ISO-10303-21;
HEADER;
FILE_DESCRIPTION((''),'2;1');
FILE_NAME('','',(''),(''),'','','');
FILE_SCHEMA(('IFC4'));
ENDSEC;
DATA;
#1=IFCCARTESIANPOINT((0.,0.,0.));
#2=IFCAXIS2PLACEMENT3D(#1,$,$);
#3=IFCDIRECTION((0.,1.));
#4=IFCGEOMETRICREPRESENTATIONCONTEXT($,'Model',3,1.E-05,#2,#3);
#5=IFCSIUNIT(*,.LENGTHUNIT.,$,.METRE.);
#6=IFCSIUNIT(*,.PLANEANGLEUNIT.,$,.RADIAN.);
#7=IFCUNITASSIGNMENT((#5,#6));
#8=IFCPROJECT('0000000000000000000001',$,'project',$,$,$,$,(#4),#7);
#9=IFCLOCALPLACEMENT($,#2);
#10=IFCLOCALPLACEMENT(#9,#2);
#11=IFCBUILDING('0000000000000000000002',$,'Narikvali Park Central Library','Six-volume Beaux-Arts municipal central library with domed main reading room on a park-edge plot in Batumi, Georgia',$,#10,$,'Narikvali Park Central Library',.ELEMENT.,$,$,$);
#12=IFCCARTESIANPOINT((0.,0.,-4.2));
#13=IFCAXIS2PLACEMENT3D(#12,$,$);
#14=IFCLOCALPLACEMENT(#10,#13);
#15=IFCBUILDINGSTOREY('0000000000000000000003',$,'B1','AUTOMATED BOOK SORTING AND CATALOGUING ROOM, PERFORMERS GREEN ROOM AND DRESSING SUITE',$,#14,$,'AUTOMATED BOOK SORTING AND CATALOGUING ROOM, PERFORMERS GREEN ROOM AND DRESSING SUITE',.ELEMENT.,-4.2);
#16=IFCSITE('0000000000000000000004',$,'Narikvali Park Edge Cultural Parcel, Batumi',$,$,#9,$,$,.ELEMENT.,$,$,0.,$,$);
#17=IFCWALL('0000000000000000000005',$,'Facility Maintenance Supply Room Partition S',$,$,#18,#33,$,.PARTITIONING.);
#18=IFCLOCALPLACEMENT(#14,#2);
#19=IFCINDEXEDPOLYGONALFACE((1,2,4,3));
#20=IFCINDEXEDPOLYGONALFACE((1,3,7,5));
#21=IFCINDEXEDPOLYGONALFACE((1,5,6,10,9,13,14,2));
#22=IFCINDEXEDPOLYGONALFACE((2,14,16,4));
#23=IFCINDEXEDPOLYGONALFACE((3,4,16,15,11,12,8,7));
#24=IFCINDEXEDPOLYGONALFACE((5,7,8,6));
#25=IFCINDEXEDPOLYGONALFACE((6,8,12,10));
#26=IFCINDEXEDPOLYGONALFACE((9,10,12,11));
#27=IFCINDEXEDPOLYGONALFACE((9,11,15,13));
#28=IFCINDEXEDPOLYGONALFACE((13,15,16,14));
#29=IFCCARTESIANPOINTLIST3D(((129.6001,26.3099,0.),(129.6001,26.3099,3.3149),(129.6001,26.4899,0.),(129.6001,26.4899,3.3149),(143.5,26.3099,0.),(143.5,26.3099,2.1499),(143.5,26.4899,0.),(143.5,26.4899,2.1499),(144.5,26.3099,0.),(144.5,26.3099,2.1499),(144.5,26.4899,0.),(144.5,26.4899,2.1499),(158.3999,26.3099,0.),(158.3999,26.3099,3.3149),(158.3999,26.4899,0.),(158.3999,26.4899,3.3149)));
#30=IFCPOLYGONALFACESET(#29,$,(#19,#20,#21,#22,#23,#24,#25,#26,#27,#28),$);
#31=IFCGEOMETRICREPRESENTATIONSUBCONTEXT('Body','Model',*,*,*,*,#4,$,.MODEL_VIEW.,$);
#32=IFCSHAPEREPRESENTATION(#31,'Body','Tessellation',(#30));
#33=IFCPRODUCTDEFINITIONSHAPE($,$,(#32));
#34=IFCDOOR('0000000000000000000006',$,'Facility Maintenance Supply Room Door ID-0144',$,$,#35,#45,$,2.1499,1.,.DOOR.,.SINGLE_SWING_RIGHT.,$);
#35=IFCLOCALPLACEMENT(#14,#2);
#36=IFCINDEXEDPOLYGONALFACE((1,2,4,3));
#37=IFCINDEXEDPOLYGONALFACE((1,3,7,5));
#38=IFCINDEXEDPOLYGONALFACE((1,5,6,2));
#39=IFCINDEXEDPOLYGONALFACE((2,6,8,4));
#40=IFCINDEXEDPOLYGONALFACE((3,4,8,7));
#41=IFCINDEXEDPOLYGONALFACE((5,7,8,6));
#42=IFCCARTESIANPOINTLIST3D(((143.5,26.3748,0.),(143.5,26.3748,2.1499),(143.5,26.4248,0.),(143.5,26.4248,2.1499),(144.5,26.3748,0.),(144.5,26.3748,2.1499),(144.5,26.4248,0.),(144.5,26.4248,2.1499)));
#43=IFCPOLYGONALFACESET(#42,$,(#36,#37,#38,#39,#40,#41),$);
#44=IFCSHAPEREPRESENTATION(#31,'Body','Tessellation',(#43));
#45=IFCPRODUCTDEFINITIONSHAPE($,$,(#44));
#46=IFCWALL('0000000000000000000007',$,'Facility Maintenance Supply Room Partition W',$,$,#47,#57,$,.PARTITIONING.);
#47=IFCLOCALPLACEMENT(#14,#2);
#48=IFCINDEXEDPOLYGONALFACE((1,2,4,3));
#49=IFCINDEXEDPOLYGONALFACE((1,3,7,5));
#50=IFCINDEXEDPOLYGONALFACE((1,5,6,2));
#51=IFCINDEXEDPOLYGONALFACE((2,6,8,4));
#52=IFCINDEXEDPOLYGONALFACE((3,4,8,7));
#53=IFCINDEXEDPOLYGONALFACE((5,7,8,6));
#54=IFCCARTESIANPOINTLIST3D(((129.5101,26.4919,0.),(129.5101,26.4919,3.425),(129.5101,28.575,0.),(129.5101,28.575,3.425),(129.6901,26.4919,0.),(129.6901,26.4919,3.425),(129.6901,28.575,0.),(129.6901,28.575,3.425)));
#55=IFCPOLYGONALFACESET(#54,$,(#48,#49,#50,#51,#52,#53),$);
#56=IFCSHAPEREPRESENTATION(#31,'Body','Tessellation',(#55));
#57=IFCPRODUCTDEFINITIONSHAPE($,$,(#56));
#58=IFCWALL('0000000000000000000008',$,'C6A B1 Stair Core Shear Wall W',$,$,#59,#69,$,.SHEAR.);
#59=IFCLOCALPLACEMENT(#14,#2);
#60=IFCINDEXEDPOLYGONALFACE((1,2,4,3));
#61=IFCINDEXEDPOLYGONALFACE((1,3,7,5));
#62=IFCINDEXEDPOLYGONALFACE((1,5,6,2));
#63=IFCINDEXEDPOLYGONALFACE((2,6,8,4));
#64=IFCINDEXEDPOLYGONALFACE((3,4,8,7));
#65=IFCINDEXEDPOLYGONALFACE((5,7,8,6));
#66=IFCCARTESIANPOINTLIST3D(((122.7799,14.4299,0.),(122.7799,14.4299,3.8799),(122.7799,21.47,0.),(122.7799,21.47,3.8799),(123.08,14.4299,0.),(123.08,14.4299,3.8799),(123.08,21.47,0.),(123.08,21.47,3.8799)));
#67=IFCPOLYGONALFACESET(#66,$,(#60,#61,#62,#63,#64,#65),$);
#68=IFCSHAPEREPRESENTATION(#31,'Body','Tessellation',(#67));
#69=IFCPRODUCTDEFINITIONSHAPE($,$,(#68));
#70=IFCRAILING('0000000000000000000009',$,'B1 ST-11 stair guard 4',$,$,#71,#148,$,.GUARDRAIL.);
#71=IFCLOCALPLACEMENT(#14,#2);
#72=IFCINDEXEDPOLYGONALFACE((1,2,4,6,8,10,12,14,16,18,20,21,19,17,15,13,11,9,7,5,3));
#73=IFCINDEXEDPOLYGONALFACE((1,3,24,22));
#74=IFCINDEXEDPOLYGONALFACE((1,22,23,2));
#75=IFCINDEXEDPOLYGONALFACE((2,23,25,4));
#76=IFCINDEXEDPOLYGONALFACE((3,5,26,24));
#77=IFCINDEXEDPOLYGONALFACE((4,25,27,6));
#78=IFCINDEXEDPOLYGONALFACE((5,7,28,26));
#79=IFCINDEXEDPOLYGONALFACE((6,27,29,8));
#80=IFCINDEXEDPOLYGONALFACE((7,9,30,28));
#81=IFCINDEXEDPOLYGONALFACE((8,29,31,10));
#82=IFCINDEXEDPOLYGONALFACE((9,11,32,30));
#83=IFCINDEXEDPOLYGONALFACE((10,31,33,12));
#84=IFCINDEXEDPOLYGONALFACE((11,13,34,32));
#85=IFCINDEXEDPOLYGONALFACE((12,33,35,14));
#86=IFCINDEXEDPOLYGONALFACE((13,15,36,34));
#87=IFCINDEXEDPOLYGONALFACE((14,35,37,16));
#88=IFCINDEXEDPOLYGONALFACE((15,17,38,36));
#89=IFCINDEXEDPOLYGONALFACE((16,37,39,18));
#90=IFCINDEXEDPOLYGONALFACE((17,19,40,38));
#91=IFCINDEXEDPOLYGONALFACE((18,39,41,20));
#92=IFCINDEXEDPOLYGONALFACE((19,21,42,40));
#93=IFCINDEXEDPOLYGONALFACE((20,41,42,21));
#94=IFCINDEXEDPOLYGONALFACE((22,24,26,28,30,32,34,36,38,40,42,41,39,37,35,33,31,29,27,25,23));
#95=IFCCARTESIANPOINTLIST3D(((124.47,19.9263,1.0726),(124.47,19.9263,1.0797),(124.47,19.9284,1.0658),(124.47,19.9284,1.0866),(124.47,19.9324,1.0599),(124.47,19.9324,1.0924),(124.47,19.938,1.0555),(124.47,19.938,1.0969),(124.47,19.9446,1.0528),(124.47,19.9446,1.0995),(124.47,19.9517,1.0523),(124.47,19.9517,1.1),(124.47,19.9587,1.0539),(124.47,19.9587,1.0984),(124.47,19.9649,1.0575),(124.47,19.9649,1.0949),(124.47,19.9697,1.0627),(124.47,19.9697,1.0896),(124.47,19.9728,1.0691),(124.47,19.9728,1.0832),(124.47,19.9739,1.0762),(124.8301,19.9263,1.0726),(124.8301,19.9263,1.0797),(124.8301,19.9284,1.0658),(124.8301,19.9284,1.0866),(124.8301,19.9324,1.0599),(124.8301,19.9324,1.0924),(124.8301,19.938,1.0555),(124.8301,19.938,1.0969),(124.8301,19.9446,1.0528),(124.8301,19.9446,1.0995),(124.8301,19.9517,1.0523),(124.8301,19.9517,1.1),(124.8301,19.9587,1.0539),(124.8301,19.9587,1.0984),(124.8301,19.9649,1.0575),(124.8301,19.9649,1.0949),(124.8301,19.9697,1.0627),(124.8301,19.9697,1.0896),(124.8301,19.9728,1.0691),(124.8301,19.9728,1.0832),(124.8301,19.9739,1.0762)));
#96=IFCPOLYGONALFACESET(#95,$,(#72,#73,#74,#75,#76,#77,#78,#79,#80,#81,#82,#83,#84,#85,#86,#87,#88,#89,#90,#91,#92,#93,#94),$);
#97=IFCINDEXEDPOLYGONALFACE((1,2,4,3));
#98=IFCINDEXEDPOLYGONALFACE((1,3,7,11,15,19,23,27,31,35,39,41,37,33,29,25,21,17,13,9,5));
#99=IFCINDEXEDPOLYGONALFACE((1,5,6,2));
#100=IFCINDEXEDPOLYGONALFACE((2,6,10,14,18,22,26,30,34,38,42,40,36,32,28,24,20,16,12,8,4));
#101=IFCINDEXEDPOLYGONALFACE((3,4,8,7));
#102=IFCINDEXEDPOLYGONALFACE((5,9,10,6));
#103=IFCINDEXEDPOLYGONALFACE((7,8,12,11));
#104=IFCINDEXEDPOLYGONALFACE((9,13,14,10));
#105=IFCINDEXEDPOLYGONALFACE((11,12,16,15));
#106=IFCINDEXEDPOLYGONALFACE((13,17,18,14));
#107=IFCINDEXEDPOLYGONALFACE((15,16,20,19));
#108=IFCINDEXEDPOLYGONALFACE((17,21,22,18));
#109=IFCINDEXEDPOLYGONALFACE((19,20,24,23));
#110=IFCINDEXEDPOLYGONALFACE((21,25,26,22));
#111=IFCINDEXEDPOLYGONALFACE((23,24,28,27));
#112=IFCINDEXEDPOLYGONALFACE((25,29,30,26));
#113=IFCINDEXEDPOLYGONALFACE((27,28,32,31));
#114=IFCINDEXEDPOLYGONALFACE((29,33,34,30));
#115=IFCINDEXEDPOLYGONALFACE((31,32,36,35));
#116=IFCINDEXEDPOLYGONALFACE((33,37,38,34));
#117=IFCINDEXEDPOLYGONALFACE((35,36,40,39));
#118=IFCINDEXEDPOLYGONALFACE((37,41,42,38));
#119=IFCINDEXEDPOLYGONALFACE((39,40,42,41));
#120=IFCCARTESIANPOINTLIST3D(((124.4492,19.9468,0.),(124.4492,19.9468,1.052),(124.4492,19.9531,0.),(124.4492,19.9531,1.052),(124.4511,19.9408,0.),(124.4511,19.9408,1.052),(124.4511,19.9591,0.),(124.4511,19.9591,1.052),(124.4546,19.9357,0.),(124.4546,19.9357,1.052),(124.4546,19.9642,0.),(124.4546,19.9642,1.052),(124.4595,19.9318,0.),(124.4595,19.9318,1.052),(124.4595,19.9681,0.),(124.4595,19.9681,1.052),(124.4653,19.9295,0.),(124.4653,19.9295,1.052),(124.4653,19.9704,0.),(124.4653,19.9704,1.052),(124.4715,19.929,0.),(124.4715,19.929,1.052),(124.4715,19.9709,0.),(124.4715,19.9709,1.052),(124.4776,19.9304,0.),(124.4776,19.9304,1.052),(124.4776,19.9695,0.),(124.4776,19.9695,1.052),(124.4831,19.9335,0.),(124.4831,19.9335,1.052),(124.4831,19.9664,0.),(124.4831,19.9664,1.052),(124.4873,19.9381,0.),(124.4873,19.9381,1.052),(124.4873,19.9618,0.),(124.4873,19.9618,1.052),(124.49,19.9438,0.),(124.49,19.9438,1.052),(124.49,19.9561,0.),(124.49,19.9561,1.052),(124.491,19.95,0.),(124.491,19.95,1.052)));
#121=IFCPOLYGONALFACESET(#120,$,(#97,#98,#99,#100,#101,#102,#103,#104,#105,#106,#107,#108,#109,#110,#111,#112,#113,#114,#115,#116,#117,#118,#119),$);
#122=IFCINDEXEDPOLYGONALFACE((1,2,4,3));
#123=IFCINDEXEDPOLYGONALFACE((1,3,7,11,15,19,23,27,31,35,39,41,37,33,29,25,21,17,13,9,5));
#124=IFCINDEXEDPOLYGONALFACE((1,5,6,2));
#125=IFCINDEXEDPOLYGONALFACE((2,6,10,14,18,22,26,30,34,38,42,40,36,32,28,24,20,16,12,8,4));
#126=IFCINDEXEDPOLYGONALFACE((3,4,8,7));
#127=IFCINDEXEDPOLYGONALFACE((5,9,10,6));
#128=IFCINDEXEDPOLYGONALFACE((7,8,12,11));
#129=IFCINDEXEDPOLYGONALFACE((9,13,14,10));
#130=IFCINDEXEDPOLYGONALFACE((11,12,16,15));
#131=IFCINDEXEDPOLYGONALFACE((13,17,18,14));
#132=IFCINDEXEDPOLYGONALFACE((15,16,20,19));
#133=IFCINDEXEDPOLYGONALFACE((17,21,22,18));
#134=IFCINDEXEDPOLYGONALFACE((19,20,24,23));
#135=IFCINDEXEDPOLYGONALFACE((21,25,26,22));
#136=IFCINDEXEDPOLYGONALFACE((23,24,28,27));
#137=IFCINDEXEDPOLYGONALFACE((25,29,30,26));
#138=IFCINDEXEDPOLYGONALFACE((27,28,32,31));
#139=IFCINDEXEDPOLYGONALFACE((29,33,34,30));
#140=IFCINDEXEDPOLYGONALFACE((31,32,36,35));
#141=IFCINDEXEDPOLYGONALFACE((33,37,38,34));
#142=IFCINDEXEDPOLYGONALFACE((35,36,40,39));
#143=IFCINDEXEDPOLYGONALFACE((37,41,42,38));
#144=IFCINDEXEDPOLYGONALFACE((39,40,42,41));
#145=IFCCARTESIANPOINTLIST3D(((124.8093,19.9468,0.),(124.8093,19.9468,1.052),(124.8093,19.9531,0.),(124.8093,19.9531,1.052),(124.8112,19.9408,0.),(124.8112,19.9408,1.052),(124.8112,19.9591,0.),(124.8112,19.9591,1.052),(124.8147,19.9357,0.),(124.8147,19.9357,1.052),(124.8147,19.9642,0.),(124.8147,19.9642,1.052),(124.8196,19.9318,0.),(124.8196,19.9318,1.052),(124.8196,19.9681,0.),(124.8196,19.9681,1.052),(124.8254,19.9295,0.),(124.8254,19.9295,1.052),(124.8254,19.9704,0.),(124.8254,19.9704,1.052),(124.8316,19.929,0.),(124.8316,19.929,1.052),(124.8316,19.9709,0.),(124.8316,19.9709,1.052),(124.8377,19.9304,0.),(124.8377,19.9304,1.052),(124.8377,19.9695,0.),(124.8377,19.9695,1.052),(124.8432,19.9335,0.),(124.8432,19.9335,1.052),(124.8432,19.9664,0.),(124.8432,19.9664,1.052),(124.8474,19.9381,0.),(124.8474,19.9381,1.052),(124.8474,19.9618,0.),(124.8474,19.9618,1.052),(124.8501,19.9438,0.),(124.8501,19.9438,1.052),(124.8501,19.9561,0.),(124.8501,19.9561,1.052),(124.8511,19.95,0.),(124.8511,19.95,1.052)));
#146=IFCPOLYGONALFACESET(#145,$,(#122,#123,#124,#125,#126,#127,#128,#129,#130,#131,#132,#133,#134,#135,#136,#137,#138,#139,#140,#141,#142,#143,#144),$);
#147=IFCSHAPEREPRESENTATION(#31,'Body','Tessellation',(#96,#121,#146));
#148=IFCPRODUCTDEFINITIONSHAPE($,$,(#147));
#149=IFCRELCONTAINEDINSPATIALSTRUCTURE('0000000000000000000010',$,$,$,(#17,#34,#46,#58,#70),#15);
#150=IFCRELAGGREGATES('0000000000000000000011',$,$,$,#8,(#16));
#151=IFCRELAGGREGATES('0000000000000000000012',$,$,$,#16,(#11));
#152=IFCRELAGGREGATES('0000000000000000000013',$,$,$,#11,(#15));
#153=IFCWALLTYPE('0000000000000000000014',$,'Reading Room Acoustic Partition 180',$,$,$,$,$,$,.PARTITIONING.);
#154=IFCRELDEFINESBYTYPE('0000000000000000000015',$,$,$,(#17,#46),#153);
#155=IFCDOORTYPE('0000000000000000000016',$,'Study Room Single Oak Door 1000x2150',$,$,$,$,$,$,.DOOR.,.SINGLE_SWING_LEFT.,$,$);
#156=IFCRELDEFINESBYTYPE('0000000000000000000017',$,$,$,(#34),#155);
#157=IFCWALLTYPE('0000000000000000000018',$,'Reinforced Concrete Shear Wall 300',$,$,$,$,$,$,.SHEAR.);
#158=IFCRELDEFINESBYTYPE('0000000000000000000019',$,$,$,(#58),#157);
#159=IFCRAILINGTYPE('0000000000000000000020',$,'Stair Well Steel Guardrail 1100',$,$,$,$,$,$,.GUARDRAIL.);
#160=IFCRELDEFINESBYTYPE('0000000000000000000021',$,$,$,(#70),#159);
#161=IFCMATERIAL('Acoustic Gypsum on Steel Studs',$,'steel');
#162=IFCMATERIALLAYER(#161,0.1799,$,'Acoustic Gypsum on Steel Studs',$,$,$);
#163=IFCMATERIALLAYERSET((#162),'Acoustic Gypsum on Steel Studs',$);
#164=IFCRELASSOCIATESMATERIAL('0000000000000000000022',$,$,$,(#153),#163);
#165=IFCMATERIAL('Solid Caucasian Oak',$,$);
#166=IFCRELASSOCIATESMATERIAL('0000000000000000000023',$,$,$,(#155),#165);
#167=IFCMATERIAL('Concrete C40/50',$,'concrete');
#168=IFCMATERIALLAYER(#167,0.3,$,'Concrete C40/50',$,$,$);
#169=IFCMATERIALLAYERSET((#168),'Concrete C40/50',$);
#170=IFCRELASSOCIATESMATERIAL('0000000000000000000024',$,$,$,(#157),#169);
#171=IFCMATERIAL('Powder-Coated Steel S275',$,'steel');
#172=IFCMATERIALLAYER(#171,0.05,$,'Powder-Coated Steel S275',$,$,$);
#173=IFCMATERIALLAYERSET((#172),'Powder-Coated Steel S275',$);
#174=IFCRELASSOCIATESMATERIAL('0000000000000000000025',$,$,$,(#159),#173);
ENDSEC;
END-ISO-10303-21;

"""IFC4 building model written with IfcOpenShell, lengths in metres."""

from ifc_helpers import new_model, si_unit, direction, frame, frame_2d, origin, origin_2d, place, context, subcontext, project, spatial, rectangle, circle, extrude, material, layer, layer_set, type_object, element, fill, save


model = new_model("IFC4")

# Units and contexts
model_context = context("Model", 3, precision=1e-05, world=origin(), true_north=direction((0.0, 1.0)))
body_context = subcontext(model_context, "Body", "Model", "MODEL_VIEW")
ifc_project = project(units=[si_unit("LENGTHUNIT", "METRE"), si_unit("PLANEANGLEUNIT", "RADIAN")], contexts=[model_context])

# Site, building, storey
site_placement = place(None, origin())
site = spatial("IfcSite", under=ifc_project, at=site_placement, Name="Narikvali Park Edge Cultural Parcel, Batumi", CompositionType="ELEMENT", RefElevation=0.0)
building_placement = place(site_placement, origin())
building = spatial("IfcBuilding", under=site, at=building_placement, Name="Narikvali Park Central Library", Description="Six-volume Beaux-Arts municipal central library with domed main reading room on a park-edge plot in Batumi, Georgia", LongName="Narikvali Park Central Library", CompositionType="ELEMENT")
storey_placement = place(building_placement, frame((0.0, 0.0, -4.2)))
storey = spatial("IfcBuildingStorey", under=building, at=storey_placement, Name="B1", Description="AUTOMATED BOOK SORTING AND CATALOGUING ROOM, PERFORMERS GREEN ROOM AND DRESSING SUITE", LongName="AUTOMATED BOOK SORTING AND CATALOGUING ROOM, PERFORMERS GREEN ROOM AND DRESSING SUITE", CompositionType="ELEMENT", Elevation=-4.2)

# Wall, opening, door
ifc_material_1 = material(Name="Acoustic Gypsum on Steel Studs", Category="steel")
ifc_layer_1 = layer(ifc_material_1, 0.1799, Name="Acoustic Gypsum on Steel Studs")
ifc_layer_set_1 = layer_set([ifc_layer_1], Name="Acoustic Gypsum on Steel Studs")
wall_type_1 = type_object("IfcWallType", Name="Reading Room Acoustic Partition 180", PredefinedType="PARTITIONING", material=ifc_layer_set_1)
wall_1_placement = place(storey_placement, frame((129.6001, 26.3999, 0.0), z_axis=(0.0, 0.0, 1.0), x_axis=(1.0, 0.0, 0.0)))
wall_1 = element("IfcWall", 1, at=wall_1_placement, inside=storey, type_object=wall_type_1, Name="Facility Maintenance Supply Room Partition S", PredefinedType="PARTITIONING", context=body_context, shape_type="SweptSolid", body=[
    extrude(rectangle(XDim=28.7998, YDim=0.1799, at=frame_2d((14.3999, 0.0))), origin(), (0.0, 0.0, 1.0), 3.3149),
])
opening_1_placement = place(wall_1_placement, frame((13.8999, 0.0, 0.0)))
opening_1 = element("IfcOpeningElement", 2, at=opening_1_placement, cuts=wall_1, PredefinedType="OPENING", context=body_context, shape_type="SweptSolid", body=[
    extrude(rectangle(XDim=1.0, YDim=2.1499, at=frame_2d((0.5, 1.075))), frame((0.0, 0.1021, 0.0), z_axis=(0.0, -1.0, 0.0), x_axis=(1.0, 0.0, 0.0)), (0.0, 0.0, 1.0), 0.2039),
])
ifc_material_2 = material(Name="Solid Caucasian Oak")
door_type_1 = type_object("IfcDoorType", Name="Study Room Single Oak Door 1000x2150", OperationType="SINGLE_SWING_LEFT", PredefinedType="DOOR", material=ifc_material_2)
door_1_placement = place(opening_1_placement, origin())
door_1 = element("IfcDoor", 3, at=door_1_placement, inside=storey, type_object=door_type_1, Name="Facility Maintenance Supply Room Door ID-0144", OperationType="SINGLE_SWING_RIGHT", OverallHeight=2.1499, OverallWidth=1.0, PredefinedType="DOOR", context=body_context, shape_type="SweptSolid", body=[
    extrude(rectangle(XDim=1.0, YDim=2.1499, at=frame_2d((0.5, 1.075))), frame((0.0, 0.0249, 0.0), z_axis=(0.0, -1.0, 0.0), x_axis=(1.0, 0.0, 0.0)), (0.0, 0.0, 1.0), 0.05),
])
fill(opening_1, door_1)

# Wall
wall_2_placement = place(storey_placement, frame((129.6001, 26.4919, 0.0), z_axis=(0.0, 0.0, 1.0), x_axis=(0.0, 1.0, 0.0)))
element("IfcWall", 4, at=wall_2_placement, inside=storey, type_object=wall_type_1, Name="Facility Maintenance Supply Room Partition W", PredefinedType="PARTITIONING", context=body_context, shape_type="SweptSolid", body=[
    extrude(rectangle(XDim=2.083, YDim=0.1799, at=frame_2d((1.0415, 0.0))), origin(), (0.0, 0.0, 1.0), 3.425),
])

# Shared definitions
ifc_material_3 = material(Name="Concrete C40/50", Category="concrete")
ifc_layer_2 = layer(ifc_material_3, 0.3, Name="Concrete C40/50")
ifc_layer_set_2 = layer_set([ifc_layer_2], Name="Concrete C40/50")
wall_type_2 = type_object("IfcWallType", Name="Reinforced Concrete Shear Wall 300", PredefinedType="SHEAR", material=ifc_layer_set_2)

# Wall
wall_3_placement = place(storey_placement, frame((122.9299, 21.47, 0.0), z_axis=(0.0, 0.0, 1.0), x_axis=(0.0, -1.0, 0.0)))
element("IfcWall", 5, at=wall_3_placement, inside=storey, type_object=wall_type_2, Name="C6A B1 Stair Core Shear Wall W", PredefinedType="SHEAR", context=body_context, shape_type="SweptSolid", body=[
    extrude(rectangle(XDim=7.04, YDim=0.3, at=frame_2d((3.52, 0.0))), origin(), (0.0, 0.0, 1.0), 3.8799),
])

# Railing
ifc_material_4 = material(Name="Powder-Coated Steel S275", Category="steel")
ifc_layer_3 = layer(ifc_material_4, 0.05, Name="Powder-Coated Steel S275")
ifc_layer_set_3 = layer_set([ifc_layer_3], Name="Powder-Coated Steel S275")
railing_type = type_object("IfcRailingType", Name="Stair Well Steel Guardrail 1100", PredefinedType="GUARDRAIL", material=ifc_layer_set_3)
railing_placement = place(storey_placement, frame((124.47, 19.95, 0.0)))
element("IfcRailing", 6, at=railing_placement, inside=storey, type_object=railing_type, Name="B1 ST-11 stair guard 4", PredefinedType="GUARDRAIL", context=body_context, shape_type="SweptSolid", body=[
    extrude(circle(Radius=0.0239, at=origin_2d()), frame((0.0, 0.0, 1.0762), z_axis=(1.0, 0.0, 0.0), x_axis=(0.0, 1.0, 0.0)), (0.0, 0.0, 1.0), 0.3601),
    extrude(circle(Radius=0.021, at=origin_2d()), origin(), (0.0, 0.0, 1.0), 1.052),
    extrude(circle(Radius=0.021, at=origin_2d()), frame((0.3601, 0.0, 0.0)), (0.0, 0.0, 1.0), 1.052),
])

save(model, "model.ifc")
